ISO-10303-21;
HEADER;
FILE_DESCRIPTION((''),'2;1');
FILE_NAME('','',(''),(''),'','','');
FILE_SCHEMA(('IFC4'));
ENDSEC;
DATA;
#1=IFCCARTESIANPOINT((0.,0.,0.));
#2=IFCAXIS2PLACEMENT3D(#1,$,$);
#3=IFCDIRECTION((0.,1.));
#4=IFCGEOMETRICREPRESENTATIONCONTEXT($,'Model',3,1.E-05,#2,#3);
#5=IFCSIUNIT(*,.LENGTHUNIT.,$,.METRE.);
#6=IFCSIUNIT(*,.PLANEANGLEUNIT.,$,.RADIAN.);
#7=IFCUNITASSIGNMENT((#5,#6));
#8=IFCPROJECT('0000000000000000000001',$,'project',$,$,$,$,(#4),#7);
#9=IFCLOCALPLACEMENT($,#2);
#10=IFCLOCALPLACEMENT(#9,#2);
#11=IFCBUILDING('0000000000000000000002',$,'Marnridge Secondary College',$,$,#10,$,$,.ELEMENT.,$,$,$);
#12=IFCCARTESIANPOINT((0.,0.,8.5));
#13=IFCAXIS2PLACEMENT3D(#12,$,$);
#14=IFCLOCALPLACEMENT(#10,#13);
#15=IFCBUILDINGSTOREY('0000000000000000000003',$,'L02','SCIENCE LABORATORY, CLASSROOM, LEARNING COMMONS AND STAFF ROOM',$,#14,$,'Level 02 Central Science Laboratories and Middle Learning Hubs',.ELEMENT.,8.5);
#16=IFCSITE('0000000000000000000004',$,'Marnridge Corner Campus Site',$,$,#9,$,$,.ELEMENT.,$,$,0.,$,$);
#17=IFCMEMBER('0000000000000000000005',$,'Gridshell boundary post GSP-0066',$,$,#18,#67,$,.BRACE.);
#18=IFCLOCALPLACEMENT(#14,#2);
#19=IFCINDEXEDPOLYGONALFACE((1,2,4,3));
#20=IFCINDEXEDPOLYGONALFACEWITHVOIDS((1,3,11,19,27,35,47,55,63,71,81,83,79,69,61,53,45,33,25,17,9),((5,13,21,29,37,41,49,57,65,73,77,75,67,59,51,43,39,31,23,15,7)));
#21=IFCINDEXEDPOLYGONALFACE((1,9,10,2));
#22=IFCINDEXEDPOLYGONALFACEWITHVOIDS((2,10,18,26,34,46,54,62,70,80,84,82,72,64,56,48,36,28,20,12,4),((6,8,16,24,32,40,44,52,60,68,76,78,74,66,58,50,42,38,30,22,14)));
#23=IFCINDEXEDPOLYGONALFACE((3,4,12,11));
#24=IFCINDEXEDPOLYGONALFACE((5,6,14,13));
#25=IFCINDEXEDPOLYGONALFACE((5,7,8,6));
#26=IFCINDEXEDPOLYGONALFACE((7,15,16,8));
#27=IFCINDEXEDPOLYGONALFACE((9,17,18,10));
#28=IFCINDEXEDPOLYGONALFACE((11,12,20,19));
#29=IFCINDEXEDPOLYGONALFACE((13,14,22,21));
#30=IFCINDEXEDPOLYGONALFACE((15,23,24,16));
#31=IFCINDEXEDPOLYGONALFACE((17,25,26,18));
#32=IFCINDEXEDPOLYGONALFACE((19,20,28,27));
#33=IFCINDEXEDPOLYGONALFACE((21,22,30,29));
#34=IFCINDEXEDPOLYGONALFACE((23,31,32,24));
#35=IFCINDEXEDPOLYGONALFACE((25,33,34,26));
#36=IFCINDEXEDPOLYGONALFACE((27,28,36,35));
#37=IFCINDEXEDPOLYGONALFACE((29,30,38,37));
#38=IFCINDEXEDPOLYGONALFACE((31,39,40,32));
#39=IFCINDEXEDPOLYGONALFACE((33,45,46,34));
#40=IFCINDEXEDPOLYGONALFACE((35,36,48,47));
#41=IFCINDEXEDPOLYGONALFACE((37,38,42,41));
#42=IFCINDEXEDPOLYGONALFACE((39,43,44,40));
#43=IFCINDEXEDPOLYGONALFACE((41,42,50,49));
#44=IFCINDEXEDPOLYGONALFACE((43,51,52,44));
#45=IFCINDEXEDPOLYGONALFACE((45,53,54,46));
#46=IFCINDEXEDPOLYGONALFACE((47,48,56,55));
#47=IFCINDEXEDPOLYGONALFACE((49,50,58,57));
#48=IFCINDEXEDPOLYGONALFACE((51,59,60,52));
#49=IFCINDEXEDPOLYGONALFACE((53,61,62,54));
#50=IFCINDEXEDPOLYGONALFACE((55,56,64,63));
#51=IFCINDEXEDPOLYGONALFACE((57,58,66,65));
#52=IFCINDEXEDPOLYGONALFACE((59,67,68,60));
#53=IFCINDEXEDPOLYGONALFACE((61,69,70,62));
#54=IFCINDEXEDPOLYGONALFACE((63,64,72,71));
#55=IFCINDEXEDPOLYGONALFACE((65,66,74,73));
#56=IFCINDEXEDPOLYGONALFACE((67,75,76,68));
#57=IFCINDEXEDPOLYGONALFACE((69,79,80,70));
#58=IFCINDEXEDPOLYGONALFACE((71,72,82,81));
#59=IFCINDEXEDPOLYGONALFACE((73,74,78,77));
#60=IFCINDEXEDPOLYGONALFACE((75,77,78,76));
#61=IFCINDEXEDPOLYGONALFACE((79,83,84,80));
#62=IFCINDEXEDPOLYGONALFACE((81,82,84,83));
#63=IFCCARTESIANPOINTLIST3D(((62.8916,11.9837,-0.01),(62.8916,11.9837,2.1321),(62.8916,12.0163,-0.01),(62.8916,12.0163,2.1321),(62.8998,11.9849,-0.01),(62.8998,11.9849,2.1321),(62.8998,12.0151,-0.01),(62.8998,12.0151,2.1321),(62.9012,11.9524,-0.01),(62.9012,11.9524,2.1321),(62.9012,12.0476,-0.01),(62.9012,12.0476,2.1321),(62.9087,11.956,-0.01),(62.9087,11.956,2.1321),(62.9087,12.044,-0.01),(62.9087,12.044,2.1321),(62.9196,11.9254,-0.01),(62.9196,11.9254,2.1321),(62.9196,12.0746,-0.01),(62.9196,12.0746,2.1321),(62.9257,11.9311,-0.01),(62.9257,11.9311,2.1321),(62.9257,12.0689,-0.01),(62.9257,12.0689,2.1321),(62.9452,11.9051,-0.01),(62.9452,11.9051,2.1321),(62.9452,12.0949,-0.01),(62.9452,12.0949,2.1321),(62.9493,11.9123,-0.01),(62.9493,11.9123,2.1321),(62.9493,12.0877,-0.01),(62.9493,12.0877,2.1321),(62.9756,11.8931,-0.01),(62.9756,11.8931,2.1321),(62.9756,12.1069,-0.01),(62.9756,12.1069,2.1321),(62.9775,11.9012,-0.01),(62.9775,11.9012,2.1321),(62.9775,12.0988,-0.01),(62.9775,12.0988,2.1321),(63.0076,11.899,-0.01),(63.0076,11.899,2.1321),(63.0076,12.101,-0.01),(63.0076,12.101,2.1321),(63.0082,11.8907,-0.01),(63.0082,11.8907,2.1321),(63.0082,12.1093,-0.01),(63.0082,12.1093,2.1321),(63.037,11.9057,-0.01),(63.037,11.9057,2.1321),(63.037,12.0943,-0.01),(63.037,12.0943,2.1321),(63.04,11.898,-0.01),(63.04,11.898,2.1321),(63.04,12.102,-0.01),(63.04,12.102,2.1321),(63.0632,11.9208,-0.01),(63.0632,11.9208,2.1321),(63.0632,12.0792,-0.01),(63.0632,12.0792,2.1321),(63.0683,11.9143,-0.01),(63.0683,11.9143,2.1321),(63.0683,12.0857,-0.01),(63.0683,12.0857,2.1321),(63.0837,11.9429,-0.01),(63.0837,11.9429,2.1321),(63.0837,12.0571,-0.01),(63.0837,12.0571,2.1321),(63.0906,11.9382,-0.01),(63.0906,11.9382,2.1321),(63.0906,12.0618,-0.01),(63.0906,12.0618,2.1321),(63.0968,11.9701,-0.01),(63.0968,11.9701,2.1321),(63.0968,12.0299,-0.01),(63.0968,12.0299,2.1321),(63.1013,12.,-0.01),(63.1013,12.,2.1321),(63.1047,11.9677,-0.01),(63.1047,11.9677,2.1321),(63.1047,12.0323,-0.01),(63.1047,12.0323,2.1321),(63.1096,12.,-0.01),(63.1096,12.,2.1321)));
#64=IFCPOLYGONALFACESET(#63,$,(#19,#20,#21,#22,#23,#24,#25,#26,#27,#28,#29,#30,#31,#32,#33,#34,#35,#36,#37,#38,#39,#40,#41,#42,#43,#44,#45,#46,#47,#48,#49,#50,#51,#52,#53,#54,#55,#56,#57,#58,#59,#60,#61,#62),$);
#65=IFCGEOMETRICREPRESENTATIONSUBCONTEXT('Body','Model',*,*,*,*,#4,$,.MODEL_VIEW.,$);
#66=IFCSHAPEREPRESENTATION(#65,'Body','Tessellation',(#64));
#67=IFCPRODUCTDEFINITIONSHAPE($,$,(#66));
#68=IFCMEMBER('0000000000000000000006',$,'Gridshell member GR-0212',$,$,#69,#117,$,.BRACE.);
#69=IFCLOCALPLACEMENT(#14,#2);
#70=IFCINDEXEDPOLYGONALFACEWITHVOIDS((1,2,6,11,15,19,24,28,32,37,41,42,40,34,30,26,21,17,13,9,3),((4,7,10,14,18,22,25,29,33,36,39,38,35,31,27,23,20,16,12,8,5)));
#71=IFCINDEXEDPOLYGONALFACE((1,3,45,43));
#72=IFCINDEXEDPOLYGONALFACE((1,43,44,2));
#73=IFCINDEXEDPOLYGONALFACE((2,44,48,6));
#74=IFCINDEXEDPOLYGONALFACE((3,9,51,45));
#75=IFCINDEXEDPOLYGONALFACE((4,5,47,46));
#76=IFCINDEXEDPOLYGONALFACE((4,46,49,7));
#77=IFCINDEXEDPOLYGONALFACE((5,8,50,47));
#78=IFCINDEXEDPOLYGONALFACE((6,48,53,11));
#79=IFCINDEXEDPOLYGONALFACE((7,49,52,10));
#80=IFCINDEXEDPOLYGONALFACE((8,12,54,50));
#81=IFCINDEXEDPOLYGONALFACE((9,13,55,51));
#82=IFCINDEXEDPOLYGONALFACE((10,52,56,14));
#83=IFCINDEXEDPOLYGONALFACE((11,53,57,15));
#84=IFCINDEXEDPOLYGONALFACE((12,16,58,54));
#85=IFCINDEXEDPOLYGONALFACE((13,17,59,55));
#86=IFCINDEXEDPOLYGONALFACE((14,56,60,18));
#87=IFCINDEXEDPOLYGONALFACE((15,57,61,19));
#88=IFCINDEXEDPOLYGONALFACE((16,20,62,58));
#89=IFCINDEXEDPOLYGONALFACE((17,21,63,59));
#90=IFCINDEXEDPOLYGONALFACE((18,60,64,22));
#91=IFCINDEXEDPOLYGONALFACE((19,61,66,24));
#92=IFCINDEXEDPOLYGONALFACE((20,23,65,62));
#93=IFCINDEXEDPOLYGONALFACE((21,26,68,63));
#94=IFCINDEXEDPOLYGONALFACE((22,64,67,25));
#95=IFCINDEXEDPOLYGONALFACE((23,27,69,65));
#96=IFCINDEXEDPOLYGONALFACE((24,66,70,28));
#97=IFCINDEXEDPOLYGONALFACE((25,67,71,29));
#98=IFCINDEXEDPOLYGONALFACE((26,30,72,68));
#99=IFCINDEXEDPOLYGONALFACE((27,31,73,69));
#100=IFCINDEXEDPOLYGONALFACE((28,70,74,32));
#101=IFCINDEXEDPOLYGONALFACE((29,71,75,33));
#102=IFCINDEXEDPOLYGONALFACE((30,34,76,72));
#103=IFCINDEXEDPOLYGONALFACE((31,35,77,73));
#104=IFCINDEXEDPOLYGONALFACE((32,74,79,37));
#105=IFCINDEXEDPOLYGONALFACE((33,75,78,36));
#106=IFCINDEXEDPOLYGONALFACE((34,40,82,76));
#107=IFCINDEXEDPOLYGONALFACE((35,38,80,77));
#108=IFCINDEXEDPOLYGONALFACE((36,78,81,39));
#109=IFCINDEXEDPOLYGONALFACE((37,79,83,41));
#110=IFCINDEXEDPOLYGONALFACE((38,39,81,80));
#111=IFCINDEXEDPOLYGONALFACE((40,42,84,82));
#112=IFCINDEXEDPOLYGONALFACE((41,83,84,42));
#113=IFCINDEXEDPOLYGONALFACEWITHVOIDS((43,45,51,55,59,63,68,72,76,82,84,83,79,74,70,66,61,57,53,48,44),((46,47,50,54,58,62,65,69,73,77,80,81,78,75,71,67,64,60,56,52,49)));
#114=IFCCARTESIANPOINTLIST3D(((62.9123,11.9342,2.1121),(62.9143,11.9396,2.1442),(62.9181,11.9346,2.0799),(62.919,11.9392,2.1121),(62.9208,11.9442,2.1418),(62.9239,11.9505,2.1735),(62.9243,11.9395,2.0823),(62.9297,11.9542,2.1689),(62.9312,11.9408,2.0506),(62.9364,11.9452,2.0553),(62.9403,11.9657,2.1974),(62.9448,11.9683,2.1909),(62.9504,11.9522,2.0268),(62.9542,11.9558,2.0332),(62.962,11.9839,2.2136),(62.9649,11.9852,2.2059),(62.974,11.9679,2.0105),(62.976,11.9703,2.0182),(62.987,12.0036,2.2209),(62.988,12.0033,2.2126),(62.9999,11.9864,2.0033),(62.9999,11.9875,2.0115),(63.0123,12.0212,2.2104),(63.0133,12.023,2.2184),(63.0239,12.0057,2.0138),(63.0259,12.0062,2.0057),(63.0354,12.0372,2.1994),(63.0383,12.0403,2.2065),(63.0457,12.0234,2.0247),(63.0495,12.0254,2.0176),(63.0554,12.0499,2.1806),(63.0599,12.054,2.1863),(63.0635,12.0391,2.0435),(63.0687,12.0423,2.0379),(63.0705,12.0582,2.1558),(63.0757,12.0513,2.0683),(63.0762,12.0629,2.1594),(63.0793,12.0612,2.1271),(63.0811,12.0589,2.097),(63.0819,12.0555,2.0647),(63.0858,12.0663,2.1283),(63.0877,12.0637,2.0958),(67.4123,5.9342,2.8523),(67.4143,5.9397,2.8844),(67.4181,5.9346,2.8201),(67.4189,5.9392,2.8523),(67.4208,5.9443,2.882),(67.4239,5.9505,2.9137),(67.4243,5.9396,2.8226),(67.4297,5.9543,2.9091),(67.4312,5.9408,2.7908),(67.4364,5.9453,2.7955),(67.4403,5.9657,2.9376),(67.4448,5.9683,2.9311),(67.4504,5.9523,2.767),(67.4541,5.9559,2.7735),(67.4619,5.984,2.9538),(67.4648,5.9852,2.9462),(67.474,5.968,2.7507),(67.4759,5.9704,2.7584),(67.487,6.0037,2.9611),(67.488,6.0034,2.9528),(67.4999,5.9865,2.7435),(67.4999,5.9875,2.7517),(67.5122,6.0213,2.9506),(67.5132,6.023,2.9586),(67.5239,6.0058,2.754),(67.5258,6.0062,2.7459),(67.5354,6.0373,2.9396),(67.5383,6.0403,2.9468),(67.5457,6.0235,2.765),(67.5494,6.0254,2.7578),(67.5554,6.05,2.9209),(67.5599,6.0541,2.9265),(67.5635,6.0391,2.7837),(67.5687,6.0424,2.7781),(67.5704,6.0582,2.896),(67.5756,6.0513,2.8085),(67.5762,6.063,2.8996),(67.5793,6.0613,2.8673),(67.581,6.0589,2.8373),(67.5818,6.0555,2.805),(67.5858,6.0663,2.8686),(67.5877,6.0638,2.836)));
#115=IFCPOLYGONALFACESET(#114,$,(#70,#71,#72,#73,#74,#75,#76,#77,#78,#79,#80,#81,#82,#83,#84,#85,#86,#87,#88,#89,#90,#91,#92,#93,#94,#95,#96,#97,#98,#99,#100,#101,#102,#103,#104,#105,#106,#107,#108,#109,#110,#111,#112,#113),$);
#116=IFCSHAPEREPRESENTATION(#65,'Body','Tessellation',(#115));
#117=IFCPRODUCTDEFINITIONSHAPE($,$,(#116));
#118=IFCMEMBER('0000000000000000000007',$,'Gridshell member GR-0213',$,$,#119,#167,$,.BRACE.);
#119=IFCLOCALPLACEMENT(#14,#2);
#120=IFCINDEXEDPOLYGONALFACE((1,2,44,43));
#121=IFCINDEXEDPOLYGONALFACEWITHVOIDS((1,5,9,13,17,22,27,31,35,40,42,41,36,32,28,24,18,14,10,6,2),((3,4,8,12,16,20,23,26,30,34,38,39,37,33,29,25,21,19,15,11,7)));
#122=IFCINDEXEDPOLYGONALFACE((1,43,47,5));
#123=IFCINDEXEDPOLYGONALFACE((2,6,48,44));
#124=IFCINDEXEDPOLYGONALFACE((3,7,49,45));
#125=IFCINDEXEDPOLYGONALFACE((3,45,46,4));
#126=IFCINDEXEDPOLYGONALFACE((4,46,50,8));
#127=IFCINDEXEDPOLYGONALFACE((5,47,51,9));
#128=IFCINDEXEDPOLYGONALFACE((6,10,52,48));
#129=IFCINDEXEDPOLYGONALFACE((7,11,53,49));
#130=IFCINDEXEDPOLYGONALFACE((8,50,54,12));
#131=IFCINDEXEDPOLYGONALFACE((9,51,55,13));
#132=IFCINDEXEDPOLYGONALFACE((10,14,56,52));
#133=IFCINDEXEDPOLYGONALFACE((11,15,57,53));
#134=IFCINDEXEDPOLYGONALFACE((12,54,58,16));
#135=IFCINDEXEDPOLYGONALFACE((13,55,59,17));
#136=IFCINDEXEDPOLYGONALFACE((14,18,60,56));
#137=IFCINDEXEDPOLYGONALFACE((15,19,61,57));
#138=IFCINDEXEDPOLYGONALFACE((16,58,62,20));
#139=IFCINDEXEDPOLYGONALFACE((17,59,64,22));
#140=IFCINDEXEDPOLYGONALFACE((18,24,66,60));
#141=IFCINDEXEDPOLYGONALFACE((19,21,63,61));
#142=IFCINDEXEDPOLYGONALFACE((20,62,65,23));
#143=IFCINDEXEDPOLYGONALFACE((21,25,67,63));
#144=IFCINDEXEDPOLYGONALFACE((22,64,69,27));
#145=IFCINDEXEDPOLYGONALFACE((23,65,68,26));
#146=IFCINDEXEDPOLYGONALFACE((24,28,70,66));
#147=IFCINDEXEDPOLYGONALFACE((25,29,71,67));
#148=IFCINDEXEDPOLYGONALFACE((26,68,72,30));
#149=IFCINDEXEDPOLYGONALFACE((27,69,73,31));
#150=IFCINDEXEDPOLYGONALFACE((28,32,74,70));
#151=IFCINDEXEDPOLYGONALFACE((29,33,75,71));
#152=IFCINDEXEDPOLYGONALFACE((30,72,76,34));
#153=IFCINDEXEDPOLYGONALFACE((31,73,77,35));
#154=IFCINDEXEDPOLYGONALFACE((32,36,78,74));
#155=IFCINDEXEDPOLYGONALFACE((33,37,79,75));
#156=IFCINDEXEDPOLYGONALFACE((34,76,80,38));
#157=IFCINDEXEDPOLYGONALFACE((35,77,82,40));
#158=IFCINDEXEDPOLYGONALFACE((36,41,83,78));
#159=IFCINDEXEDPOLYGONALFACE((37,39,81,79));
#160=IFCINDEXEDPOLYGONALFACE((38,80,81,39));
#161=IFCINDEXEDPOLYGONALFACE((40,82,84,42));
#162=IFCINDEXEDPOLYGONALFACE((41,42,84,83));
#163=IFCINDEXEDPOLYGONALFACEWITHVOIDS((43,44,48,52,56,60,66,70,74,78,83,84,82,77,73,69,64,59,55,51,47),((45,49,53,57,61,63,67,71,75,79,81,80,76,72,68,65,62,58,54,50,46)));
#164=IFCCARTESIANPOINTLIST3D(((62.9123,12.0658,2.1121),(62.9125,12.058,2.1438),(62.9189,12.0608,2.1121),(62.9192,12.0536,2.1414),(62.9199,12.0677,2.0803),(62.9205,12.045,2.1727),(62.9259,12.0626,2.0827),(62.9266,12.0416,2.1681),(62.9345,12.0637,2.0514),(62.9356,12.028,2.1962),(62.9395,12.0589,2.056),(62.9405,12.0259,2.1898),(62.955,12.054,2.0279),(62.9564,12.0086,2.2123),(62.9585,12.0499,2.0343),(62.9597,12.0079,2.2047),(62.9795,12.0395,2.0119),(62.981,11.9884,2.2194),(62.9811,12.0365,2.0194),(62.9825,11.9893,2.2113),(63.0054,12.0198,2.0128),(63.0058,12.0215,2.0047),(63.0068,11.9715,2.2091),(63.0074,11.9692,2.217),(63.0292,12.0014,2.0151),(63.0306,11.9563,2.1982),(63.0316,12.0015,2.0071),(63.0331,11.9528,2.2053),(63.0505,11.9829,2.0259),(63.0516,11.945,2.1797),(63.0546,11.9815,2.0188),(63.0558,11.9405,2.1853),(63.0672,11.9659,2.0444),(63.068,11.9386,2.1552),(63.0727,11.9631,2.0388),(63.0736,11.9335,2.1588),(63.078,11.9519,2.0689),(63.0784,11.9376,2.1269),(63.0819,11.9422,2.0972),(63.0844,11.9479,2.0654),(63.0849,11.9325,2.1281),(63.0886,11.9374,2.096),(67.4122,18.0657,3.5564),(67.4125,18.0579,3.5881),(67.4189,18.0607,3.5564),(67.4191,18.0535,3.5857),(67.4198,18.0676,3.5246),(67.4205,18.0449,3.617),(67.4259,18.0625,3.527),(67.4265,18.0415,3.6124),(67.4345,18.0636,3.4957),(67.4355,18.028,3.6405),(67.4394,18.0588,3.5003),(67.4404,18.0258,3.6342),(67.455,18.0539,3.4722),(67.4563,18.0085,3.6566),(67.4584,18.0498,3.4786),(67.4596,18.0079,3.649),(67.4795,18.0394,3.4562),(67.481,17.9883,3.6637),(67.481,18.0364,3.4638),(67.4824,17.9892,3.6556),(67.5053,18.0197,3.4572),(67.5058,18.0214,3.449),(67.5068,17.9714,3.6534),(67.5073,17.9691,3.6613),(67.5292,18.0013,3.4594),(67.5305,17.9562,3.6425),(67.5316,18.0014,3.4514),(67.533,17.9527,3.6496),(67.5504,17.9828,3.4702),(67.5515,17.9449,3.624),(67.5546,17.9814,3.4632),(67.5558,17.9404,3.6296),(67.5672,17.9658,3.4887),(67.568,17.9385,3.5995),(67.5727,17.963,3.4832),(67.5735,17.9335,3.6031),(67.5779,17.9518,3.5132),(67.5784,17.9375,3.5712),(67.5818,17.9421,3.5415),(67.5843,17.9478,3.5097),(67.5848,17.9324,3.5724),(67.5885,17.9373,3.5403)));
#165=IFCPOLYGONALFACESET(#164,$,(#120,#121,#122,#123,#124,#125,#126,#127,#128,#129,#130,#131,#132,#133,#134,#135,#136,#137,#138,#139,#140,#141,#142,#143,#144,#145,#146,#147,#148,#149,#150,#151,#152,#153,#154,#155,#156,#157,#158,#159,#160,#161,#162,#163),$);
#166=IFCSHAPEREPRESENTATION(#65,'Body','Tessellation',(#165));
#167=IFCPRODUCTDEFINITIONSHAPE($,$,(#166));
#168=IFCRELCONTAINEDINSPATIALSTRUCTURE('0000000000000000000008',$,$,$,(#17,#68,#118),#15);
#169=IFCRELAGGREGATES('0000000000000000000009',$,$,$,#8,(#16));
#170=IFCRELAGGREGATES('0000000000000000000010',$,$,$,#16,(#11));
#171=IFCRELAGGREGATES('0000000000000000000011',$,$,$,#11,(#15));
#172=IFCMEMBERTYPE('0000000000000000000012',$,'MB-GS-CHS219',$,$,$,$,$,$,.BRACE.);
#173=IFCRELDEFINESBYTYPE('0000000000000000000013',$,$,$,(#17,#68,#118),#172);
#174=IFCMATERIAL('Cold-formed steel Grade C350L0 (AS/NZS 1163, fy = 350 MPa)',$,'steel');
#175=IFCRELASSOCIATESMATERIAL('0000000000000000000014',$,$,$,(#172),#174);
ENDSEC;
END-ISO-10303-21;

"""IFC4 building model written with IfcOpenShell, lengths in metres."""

from ifc_helpers import new_model, si_unit, direction, frame, origin, origin_2d, place, context, subcontext, project, spatial, hollow_circle, extrude, material, material_profile, profile_set, type_object, element, save


model = new_model("IFC4")

# Units and contexts
model_context = context("Model", 3, precision=1e-05, world=origin(), true_north=direction((0.0, 1.0)))
body_context = subcontext(model_context, "Body", "Model", "MODEL_VIEW")
ifc_project = project(units=[si_unit("LENGTHUNIT", "METRE"), si_unit("PLANEANGLEUNIT", "RADIAN")], contexts=[model_context])

# Site, building, storey
site_placement = place(None, origin())
site = spatial("IfcSite", under=ifc_project, at=site_placement, Name="Marnridge Corner Campus Site", CompositionType="ELEMENT", RefElevation=0.0)
building_placement = place(site_placement, origin())
building = spatial("IfcBuilding", under=site, at=building_placement, Name="Marnridge Secondary College", CompositionType="ELEMENT")
storey_placement = place(building_placement, frame((0.0, 0.0, 8.5)))
storey = spatial("IfcBuildingStorey", under=building, at=storey_placement, Name="L02", Description="SCIENCE LABORATORY, CLASSROOM, LEARNING COMMONS AND STAFF ROOM", LongName="Level 02 Central Science Laboratories and Middle Learning Hubs", CompositionType="ELEMENT", Elevation=8.5)

# Members
ifc_material_1 = material(Name="Cold-formed steel Grade C350L0 (AS/NZS 1163, fy = 350 MPa)", Category="steel")
ifc_material_profile_1 = material_profile(ifc_material_1, hollow_circle(Radius=0.1096, WallThickness=0.0083, at=origin_2d()), Name="219.1x8.2CHS")
ifc_profile_set_1 = profile_set([ifc_material_profile_1], Name="Cold-formed steel Grade C350L0 (AS/NZS 1163, fy = 350 MPa)")
member_type_1 = type_object("IfcMemberType", Name="MB-GS-CHS219", PredefinedType="BRACE", material=ifc_profile_set_1)
member_1_placement = place(storey_placement, frame((63.0, 12.0, -0.01), z_axis=(0.0, 0.0, 1.0), x_axis=(1.0, 0.0, 0.0)))
element("IfcMember", 1, at=member_1_placement, inside=storey, type_object=member_type_1, Name="Gridshell boundary post GSP-0066", PredefinedType="BRACE", context=body_context, shape_type="SweptSolid", body=[
    extrude(hollow_circle(Radius=0.1096, WallThickness=0.0083, at=origin_2d()), origin(), (0.0, 0.0, 1.0), 2.1421),
])
member_2_placement = place(storey_placement, frame((67.5, 6.0, 2.8523), z_axis=(-0.597099, 0.796132, -0.098221), x_axis=(-0.8, -0.6, 0.0)))
element("IfcMember", 2, at=member_2_placement, inside=storey, type_object=member_type_1, Name="Gridshell member GR-0212", PredefinedType="BRACE", context=body_context, shape_type="SweptSolid", body=[
    extrude(hollow_circle(Radius=0.1096, WallThickness=0.0083, at=origin_2d()), origin(), (0.0, 0.0, 1.0), 7.5364),
])
member_3_placement = place(storey_placement, frame((63.0, 12.0, 2.1121), z_axis=(0.589174, 0.785566, 0.189103), x_axis=(-0.8, 0.6, 0.0)))
element("IfcMember", 3, at=member_3_placement, inside=storey, type_object=member_type_1, Name="Gridshell member GR-0213", PredefinedType="BRACE", context=body_context, shape_type="SweptSolid", body=[
    extrude(hollow_circle(Radius=0.1096, WallThickness=0.0083, at=origin_2d()), origin(), (0.0, 0.0, 1.0), 7.6377),
])

save(model, "model.ifc")
